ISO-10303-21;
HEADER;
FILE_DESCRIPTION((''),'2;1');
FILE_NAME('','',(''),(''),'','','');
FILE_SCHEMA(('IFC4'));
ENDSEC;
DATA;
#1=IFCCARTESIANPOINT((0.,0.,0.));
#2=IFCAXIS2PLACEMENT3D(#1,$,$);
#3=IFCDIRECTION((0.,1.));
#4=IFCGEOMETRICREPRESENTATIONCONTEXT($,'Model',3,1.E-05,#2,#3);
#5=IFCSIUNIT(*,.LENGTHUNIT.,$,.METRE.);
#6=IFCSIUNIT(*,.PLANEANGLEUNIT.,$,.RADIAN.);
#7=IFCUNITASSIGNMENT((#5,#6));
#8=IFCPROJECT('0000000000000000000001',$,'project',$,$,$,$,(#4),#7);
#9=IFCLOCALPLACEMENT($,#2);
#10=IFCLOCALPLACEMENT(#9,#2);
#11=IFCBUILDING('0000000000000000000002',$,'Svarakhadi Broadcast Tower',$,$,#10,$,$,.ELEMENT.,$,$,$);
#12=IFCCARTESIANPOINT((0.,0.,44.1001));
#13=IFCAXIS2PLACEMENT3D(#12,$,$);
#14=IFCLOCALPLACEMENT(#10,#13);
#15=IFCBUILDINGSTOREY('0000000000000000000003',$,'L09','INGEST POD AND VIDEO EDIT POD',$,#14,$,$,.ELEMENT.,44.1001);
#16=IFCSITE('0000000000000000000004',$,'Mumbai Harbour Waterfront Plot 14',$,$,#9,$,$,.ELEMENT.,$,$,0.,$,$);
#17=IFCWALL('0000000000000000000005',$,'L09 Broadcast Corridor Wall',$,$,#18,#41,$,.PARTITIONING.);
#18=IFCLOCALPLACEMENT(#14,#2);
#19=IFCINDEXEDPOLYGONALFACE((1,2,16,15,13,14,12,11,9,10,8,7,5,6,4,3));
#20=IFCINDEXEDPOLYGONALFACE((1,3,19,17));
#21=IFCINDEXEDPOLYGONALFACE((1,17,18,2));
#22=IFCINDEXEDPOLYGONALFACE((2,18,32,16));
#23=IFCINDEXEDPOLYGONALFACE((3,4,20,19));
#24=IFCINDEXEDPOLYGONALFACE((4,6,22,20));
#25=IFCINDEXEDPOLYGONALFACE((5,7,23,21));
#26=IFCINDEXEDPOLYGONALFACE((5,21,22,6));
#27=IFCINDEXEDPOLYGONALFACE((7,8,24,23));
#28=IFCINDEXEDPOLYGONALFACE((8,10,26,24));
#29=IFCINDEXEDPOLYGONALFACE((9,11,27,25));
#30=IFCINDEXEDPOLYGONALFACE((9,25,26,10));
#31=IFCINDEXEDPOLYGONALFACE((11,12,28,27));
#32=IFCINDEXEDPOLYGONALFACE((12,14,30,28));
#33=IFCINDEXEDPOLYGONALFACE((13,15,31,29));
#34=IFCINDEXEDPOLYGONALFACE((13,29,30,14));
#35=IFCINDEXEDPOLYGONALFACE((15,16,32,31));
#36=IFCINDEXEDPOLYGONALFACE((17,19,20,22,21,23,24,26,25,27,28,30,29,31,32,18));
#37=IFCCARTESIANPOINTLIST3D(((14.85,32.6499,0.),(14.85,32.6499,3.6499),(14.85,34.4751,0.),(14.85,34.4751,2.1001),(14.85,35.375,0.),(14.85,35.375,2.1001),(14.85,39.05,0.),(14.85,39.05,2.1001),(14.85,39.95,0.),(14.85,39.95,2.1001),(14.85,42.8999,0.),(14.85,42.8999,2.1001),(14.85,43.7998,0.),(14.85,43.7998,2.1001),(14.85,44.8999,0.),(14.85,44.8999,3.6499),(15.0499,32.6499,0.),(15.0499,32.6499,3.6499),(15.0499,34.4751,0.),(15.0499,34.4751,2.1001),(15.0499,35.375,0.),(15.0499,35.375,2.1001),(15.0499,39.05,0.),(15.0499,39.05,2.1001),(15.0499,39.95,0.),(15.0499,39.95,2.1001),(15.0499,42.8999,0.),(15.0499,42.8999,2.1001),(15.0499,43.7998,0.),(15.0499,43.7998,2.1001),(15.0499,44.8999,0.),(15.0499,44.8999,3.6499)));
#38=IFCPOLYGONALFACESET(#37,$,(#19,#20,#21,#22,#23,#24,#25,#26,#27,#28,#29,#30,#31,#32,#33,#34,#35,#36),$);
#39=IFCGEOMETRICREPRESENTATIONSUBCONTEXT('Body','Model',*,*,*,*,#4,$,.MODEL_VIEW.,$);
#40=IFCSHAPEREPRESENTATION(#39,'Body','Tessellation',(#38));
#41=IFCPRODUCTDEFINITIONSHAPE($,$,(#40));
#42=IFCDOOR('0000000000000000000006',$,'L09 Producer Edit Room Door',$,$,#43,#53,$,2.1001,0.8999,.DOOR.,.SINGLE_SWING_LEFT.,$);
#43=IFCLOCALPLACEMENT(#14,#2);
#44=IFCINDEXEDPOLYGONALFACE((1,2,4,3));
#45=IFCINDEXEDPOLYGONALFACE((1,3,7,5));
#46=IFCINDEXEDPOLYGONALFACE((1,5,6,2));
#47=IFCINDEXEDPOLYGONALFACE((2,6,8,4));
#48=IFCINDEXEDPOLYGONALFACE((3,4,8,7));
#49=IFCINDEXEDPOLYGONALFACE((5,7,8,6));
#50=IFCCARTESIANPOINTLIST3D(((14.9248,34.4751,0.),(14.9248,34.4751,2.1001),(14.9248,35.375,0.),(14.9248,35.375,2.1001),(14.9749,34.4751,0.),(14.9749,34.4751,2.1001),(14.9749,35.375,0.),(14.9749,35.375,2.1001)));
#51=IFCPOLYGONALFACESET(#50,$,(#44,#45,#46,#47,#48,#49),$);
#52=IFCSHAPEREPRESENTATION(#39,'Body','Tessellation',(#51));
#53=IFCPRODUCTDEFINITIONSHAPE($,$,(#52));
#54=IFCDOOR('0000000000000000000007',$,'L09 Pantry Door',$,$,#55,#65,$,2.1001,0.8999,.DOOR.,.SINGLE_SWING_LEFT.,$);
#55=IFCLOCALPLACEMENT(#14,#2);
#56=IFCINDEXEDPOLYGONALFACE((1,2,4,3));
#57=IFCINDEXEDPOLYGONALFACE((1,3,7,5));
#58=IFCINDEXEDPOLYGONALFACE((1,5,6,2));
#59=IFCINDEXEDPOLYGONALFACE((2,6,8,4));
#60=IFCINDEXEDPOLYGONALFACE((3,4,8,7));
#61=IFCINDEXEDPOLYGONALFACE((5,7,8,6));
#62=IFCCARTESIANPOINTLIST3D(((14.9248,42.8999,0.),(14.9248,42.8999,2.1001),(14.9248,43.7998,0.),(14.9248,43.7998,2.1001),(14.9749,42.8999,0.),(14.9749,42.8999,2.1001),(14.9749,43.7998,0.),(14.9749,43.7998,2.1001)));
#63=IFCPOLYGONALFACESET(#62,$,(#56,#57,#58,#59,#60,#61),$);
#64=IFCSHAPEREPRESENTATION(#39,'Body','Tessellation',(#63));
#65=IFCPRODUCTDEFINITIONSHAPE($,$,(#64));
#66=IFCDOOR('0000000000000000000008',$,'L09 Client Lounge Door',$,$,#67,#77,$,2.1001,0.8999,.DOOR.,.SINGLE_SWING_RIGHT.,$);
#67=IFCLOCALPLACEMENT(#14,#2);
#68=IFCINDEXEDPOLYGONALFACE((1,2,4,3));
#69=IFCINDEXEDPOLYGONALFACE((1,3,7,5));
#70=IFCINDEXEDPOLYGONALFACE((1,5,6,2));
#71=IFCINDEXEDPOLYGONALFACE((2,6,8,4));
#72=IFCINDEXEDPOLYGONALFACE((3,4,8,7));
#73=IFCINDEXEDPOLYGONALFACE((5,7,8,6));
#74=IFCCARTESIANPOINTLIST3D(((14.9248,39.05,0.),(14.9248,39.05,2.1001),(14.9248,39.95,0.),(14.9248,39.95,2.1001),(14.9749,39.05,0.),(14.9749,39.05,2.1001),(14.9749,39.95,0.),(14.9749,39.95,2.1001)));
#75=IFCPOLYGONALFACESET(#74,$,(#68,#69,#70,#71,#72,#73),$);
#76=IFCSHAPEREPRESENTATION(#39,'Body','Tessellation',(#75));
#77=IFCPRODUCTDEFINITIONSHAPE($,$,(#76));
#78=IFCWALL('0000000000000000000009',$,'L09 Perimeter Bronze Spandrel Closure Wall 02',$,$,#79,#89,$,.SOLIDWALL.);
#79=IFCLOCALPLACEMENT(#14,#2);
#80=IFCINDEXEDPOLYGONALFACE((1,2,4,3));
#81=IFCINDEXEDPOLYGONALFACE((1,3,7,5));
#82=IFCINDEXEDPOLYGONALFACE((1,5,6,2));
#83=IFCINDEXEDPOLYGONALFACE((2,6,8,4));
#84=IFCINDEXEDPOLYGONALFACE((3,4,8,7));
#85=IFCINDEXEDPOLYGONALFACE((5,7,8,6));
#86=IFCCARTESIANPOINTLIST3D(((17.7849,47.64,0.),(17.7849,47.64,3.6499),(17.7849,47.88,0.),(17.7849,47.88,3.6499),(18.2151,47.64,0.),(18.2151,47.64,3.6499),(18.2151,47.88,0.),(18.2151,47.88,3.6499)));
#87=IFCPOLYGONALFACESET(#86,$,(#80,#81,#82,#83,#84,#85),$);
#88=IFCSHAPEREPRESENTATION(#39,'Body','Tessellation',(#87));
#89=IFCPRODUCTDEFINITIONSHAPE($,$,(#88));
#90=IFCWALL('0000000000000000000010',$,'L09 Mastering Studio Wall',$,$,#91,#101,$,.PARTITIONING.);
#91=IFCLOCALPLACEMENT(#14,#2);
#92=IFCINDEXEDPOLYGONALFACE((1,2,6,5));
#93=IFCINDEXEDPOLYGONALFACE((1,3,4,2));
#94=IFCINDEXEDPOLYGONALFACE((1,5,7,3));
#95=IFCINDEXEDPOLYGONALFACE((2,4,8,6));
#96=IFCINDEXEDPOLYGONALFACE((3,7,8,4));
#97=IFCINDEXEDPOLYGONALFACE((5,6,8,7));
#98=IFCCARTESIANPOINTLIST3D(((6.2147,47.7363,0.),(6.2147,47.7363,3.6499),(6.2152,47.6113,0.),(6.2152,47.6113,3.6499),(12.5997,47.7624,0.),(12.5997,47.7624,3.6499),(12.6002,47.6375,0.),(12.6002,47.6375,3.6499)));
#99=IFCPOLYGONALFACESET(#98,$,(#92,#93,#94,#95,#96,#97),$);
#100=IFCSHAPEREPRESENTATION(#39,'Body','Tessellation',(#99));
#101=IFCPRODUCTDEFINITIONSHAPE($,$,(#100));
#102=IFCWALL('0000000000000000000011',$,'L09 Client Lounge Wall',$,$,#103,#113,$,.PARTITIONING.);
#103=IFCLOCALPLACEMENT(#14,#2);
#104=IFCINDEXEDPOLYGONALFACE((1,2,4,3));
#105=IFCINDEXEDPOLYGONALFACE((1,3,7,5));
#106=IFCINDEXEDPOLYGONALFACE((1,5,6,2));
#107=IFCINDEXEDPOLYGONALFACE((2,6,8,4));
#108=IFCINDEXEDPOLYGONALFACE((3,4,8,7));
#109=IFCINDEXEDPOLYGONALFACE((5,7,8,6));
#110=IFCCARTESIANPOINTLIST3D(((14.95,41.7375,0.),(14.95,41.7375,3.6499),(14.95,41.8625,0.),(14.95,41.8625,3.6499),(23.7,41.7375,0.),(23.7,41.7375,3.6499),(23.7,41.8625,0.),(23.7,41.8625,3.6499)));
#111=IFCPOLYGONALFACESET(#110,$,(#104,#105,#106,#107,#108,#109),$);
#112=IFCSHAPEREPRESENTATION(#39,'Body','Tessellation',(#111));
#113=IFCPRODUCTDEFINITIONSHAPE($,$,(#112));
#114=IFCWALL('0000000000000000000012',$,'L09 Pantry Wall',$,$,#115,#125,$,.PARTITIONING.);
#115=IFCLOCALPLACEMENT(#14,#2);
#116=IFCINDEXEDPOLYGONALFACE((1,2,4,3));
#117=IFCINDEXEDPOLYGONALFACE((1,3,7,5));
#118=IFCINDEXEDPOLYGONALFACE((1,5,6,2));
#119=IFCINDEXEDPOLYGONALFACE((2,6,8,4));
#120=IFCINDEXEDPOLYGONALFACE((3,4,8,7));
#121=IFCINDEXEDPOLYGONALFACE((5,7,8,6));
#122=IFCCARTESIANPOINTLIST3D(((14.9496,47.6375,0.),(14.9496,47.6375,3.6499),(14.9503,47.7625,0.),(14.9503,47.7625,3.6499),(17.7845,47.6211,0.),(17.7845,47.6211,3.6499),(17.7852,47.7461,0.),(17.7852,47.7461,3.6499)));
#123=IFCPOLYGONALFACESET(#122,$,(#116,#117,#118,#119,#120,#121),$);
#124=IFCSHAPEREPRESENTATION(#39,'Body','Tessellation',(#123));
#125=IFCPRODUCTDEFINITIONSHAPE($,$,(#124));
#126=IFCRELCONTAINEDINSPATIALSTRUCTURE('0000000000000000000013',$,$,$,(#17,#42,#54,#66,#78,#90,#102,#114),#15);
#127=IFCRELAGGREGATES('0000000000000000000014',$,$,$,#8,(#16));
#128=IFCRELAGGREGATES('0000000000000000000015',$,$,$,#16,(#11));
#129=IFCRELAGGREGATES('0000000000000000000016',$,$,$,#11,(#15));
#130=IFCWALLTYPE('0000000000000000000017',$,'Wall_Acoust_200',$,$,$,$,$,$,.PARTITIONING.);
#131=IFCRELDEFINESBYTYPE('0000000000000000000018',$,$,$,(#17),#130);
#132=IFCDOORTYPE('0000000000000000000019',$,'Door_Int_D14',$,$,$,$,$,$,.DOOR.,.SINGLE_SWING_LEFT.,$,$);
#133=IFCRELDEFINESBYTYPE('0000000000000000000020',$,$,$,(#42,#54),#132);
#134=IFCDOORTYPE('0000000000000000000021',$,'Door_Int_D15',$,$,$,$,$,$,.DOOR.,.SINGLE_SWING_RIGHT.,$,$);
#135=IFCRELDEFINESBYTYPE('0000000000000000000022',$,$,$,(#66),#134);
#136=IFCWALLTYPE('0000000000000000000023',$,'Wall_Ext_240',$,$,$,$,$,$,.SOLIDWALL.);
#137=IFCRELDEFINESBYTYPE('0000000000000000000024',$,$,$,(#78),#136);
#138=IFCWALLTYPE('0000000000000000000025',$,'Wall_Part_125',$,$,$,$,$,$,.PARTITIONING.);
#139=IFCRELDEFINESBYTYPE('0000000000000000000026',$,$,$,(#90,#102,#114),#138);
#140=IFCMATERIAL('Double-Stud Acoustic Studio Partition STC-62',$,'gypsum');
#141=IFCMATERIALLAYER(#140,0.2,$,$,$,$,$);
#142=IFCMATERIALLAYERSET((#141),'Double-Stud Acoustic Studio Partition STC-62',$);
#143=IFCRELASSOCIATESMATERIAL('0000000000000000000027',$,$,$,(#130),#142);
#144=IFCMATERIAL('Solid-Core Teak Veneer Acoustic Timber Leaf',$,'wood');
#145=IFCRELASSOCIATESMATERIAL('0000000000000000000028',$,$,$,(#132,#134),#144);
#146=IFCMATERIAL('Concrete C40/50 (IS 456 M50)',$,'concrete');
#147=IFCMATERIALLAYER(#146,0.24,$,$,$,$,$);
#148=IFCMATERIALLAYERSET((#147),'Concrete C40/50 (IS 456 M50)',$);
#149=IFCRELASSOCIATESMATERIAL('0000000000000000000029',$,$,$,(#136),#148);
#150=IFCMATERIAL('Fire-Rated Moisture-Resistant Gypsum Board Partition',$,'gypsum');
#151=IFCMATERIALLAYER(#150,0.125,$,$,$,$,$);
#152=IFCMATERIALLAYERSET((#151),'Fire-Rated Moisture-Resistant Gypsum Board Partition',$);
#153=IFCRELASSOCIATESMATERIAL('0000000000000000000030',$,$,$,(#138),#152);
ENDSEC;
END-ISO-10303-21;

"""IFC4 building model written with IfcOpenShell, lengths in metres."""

from ifc_helpers import new_model, si_unit, direction, frame, frame_2d, origin, place, context, subcontext, project, spatial, rectangle, extrude, material, layer, layer_set, type_object, element, fill, save


model = new_model("IFC4")

# Units and contexts
model_context = context("Model", 3, precision=1e-05, world=origin(), true_north=direction((0.0, 1.0)))
body_context = subcontext(model_context, "Body", "Model", "MODEL_VIEW")
ifc_project = project(units=[si_unit("LENGTHUNIT", "METRE"), si_unit("PLANEANGLEUNIT", "RADIAN")], contexts=[model_context])

# Site, building, storey
site_placement = place(None, origin())
site = spatial("IfcSite", under=ifc_project, at=site_placement, Name="Mumbai Harbour Waterfront Plot 14", CompositionType="ELEMENT", RefElevation=0.0)
building_placement = place(site_placement, origin())
building = spatial("IfcBuilding", under=site, at=building_placement, Name="Svarakhadi Broadcast Tower", CompositionType="ELEMENT")
storey_placement = place(building_placement, frame((0.0, 0.0, 44.1001)))
storey = spatial("IfcBuildingStorey", under=building, at=storey_placement, Name="L09", Description="INGEST POD AND VIDEO EDIT POD", CompositionType="ELEMENT", Elevation=44.1001)

# Shared definitions
ifc_material_1 = material(Name="Double-Stud Acoustic Studio Partition STC-62", Category="gypsum")
ifc_layer_1 = layer(ifc_material_1, 0.2)
ifc_layer_set_1 = layer_set([ifc_layer_1], Name="Double-Stud Acoustic Studio Partition STC-62")
wall_type_1 = type_object("IfcWallType", Name="Wall_Acoust_200", PredefinedType="PARTITIONING", material=ifc_layer_set_1)

# Wall, openings, doors
wall_1_placement = place(storey_placement, frame((14.95, 44.8999, 0.0), z_axis=(0.0, 0.0, 1.0), x_axis=(0.0, -1.0, 0.0)))
wall_1 = element("IfcWall", 1, at=wall_1_placement, inside=storey, type_object=wall_type_1, Name="L09 Broadcast Corridor Wall", PredefinedType="PARTITIONING", context=body_context, shape_type="SweptSolid", body=[
    extrude(rectangle(XDim=12.25, YDim=0.2, at=frame_2d((6.125, 0.0))), origin(), (0.0, 0.0, 1.0), 3.6499),
])
opening_1_placement = place(wall_1_placement, frame((9.5249, 0.0, 0.0)))
opening_1 = element("IfcOpeningElement", 2, at=opening_1_placement, cuts=wall_1, PredefinedType="OPENING", context=body_context, shape_type="SweptSolid", body=[
    extrude(rectangle(XDim=0.8999, YDim=2.1001, at=frame_2d((0.45, 1.05))), frame((0.0, 0.1099, 0.0), z_axis=(0.0, -1.0, 0.0), x_axis=(1.0, 0.0, 0.0)), (0.0, 0.0, 1.0), 0.22),
])
opening_2_placement = place(wall_1_placement, frame((4.95, 0.0, 0.0)))
opening_2 = element("IfcOpeningElement", 3, at=opening_2_placement, cuts=wall_1, PredefinedType="OPENING", context=body_context, shape_type="SweptSolid", body=[
    extrude(rectangle(XDim=0.8999, YDim=2.1001, at=frame_2d((0.45, 1.05))), frame((0.0, 0.1099, 0.0), z_axis=(0.0, -1.0, 0.0), x_axis=(1.0, 0.0, 0.0)), (0.0, 0.0, 1.0), 0.22),
])
opening_3_placement = place(wall_1_placement, frame((1.1001, 0.0, 0.0)))
opening_3 = element("IfcOpeningElement", 4, at=opening_3_placement, cuts=wall_1, PredefinedType="OPENING", context=body_context, shape_type="SweptSolid", body=[
    extrude(rectangle(XDim=0.8999, YDim=2.1001, at=frame_2d((0.45, 1.05))), frame((0.0, 0.1099, 0.0), z_axis=(0.0, -1.0, 0.0), x_axis=(1.0, 0.0, 0.0)), (0.0, 0.0, 1.0), 0.22),
])
ifc_material_2 = material(Name="Solid-Core Teak Veneer Acoustic Timber Leaf", Category="wood")
door_type_1 = type_object("IfcDoorType", Name="Door_Int_D14", OperationType="SINGLE_SWING_LEFT", PredefinedType="DOOR", material=ifc_material_2)
door_1_placement = place(opening_1_placement, origin())
door_1 = element("IfcDoor", 5, at=door_1_placement, inside=storey, type_object=door_type_1, Name="L09 Producer Edit Room Door", OperationType="SINGLE_SWING_LEFT", OverallHeight=2.1001, OverallWidth=0.8999, PredefinedType="DOOR", context=body_context, shape_type="SweptSolid", body=[
    extrude(rectangle(XDim=0.8999, YDim=2.1001, at=frame_2d((0.45, 1.05))), frame((0.0, 0.0249, 0.0), z_axis=(0.0, -1.0, 0.0), x_axis=(1.0, 0.0, 0.0)), (0.0, 0.0, 1.0), 0.05),
])
fill(opening_1, door_1)
door_2_placement = place(opening_3_placement, origin())
door_2 = element("IfcDoor", 6, at=door_2_placement, inside=storey, type_object=door_type_1, Name="L09 Pantry Door", OperationType="SINGLE_SWING_LEFT", OverallHeight=2.1001, OverallWidth=0.8999, PredefinedType="DOOR", context=body_context, shape_type="SweptSolid", body=[
    extrude(rectangle(XDim=0.8999, YDim=2.1001, at=frame_2d((0.45, 1.05))), frame((0.0, 0.0249, 0.0), z_axis=(0.0, -1.0, 0.0), x_axis=(1.0, 0.0, 0.0)), (0.0, 0.0, 1.0), 0.05),
])
fill(opening_3, door_2)
door_type_2 = type_object("IfcDoorType", Name="Door_Int_D15", OperationType="SINGLE_SWING_RIGHT", PredefinedType="DOOR", material=ifc_material_2)
door_3_placement = place(opening_2_placement, origin())
door_3 = element("IfcDoor", 7, at=door_3_placement, inside=storey, type_object=door_type_2, Name="L09 Client Lounge Door", OperationType="SINGLE_SWING_RIGHT", OverallHeight=2.1001, OverallWidth=0.8999, PredefinedType="DOOR", context=body_context, shape_type="SweptSolid", body=[
    extrude(rectangle(XDim=0.8999, YDim=2.1001, at=frame_2d((0.45, 1.05))), frame((0.0, 0.0249, 0.0), z_axis=(0.0, -1.0, 0.0), x_axis=(1.0, 0.0, 0.0)), (0.0, 0.0, 1.0), 0.05),
])
fill(opening_2, door_3)

# Walls
ifc_material_3 = material(Name="Concrete C40/50 (IS 456 M50)", Category="concrete")
ifc_layer_2 = layer(ifc_material_3, 0.24)
ifc_layer_set_2 = layer_set([ifc_layer_2], Name="Concrete C40/50 (IS 456 M50)")
wall_type_2 = type_object("IfcWallType", Name="Wall_Ext_240", PredefinedType="SOLIDWALL", material=ifc_layer_set_2)
wall_2_placement = place(storey_placement, frame((17.7849, 47.76, 0.0), z_axis=(0.0, 0.0, 1.0), x_axis=(1.0, 0.0, 0.0)))
element("IfcWall", 8, at=wall_2_placement, inside=storey, type_object=wall_type_2, Name="L09 Perimeter Bronze Spandrel Closure Wall 02", PredefinedType="SOLIDWALL", context=body_context, shape_type="SweptSolid", body=[
    extrude(rectangle(XDim=0.4302, YDim=0.24, at=frame_2d((0.2151, 0.0))), origin(), (0.0, 0.0, 1.0), 3.6499),
])
ifc_material_4 = material(Name="Fire-Rated Moisture-Resistant Gypsum Board Partition", Category="gypsum")
ifc_layer_3 = layer(ifc_material_4, 0.125)
ifc_layer_set_3 = layer_set([ifc_layer_3], Name="Fire-Rated Moisture-Resistant Gypsum Board Partition")
wall_type_3 = type_object("IfcWallType", Name="Wall_Part_125", PredefinedType="PARTITIONING", material=ifc_layer_set_3)
wall_3_placement = place(storey_placement, frame((6.2151, 47.6738, 0.0), z_axis=(0.0, 0.0, 1.0), x_axis=(0.999992, 0.004091, 0.0)))
element("IfcWall", 9, at=wall_3_placement, inside=storey, type_object=wall_type_3, Name="L09 Mastering Studio Wall", PredefinedType="PARTITIONING", context=body_context, shape_type="SweptSolid", body=[
    extrude(rectangle(XDim=6.385, YDim=0.125, at=frame_2d((3.1924, 0.0))), origin(), (0.0, 0.0, 1.0), 3.6499),
])
wall_4_placement = place(storey_placement, frame((14.95, 41.8, 0.0), z_axis=(0.0, 0.0, 1.0), x_axis=(1.0, 0.0, 0.0)))
element("IfcWall", 10, at=wall_4_placement, inside=storey, type_object=wall_type_3, Name="L09 Client Lounge Wall", PredefinedType="PARTITIONING", context=body_context, shape_type="SweptSolid", body=[
    extrude(rectangle(XDim=8.75, YDim=0.125, at=frame_2d((4.375, 0.0))), origin(), (0.0, 0.0, 1.0), 3.6499),
])
wall_5_placement = place(storey_placement, frame((14.95, 47.7, 0.0), z_axis=(0.0, 0.0, 1.0), x_axis=(0.999983, -0.00577, 0.0)))
element("IfcWall", 11, at=wall_5_placement, inside=storey, type_object=wall_type_3, Name="L09 Pantry Wall", PredefinedType="PARTITIONING", context=body_context, shape_type="SweptSolid", body=[
    extrude(rectangle(XDim=2.835, YDim=0.125, at=frame_2d((1.4175, 0.0))), origin(), (0.0, 0.0, 1.0), 3.6499),
])

save(model, "model.ifc")
